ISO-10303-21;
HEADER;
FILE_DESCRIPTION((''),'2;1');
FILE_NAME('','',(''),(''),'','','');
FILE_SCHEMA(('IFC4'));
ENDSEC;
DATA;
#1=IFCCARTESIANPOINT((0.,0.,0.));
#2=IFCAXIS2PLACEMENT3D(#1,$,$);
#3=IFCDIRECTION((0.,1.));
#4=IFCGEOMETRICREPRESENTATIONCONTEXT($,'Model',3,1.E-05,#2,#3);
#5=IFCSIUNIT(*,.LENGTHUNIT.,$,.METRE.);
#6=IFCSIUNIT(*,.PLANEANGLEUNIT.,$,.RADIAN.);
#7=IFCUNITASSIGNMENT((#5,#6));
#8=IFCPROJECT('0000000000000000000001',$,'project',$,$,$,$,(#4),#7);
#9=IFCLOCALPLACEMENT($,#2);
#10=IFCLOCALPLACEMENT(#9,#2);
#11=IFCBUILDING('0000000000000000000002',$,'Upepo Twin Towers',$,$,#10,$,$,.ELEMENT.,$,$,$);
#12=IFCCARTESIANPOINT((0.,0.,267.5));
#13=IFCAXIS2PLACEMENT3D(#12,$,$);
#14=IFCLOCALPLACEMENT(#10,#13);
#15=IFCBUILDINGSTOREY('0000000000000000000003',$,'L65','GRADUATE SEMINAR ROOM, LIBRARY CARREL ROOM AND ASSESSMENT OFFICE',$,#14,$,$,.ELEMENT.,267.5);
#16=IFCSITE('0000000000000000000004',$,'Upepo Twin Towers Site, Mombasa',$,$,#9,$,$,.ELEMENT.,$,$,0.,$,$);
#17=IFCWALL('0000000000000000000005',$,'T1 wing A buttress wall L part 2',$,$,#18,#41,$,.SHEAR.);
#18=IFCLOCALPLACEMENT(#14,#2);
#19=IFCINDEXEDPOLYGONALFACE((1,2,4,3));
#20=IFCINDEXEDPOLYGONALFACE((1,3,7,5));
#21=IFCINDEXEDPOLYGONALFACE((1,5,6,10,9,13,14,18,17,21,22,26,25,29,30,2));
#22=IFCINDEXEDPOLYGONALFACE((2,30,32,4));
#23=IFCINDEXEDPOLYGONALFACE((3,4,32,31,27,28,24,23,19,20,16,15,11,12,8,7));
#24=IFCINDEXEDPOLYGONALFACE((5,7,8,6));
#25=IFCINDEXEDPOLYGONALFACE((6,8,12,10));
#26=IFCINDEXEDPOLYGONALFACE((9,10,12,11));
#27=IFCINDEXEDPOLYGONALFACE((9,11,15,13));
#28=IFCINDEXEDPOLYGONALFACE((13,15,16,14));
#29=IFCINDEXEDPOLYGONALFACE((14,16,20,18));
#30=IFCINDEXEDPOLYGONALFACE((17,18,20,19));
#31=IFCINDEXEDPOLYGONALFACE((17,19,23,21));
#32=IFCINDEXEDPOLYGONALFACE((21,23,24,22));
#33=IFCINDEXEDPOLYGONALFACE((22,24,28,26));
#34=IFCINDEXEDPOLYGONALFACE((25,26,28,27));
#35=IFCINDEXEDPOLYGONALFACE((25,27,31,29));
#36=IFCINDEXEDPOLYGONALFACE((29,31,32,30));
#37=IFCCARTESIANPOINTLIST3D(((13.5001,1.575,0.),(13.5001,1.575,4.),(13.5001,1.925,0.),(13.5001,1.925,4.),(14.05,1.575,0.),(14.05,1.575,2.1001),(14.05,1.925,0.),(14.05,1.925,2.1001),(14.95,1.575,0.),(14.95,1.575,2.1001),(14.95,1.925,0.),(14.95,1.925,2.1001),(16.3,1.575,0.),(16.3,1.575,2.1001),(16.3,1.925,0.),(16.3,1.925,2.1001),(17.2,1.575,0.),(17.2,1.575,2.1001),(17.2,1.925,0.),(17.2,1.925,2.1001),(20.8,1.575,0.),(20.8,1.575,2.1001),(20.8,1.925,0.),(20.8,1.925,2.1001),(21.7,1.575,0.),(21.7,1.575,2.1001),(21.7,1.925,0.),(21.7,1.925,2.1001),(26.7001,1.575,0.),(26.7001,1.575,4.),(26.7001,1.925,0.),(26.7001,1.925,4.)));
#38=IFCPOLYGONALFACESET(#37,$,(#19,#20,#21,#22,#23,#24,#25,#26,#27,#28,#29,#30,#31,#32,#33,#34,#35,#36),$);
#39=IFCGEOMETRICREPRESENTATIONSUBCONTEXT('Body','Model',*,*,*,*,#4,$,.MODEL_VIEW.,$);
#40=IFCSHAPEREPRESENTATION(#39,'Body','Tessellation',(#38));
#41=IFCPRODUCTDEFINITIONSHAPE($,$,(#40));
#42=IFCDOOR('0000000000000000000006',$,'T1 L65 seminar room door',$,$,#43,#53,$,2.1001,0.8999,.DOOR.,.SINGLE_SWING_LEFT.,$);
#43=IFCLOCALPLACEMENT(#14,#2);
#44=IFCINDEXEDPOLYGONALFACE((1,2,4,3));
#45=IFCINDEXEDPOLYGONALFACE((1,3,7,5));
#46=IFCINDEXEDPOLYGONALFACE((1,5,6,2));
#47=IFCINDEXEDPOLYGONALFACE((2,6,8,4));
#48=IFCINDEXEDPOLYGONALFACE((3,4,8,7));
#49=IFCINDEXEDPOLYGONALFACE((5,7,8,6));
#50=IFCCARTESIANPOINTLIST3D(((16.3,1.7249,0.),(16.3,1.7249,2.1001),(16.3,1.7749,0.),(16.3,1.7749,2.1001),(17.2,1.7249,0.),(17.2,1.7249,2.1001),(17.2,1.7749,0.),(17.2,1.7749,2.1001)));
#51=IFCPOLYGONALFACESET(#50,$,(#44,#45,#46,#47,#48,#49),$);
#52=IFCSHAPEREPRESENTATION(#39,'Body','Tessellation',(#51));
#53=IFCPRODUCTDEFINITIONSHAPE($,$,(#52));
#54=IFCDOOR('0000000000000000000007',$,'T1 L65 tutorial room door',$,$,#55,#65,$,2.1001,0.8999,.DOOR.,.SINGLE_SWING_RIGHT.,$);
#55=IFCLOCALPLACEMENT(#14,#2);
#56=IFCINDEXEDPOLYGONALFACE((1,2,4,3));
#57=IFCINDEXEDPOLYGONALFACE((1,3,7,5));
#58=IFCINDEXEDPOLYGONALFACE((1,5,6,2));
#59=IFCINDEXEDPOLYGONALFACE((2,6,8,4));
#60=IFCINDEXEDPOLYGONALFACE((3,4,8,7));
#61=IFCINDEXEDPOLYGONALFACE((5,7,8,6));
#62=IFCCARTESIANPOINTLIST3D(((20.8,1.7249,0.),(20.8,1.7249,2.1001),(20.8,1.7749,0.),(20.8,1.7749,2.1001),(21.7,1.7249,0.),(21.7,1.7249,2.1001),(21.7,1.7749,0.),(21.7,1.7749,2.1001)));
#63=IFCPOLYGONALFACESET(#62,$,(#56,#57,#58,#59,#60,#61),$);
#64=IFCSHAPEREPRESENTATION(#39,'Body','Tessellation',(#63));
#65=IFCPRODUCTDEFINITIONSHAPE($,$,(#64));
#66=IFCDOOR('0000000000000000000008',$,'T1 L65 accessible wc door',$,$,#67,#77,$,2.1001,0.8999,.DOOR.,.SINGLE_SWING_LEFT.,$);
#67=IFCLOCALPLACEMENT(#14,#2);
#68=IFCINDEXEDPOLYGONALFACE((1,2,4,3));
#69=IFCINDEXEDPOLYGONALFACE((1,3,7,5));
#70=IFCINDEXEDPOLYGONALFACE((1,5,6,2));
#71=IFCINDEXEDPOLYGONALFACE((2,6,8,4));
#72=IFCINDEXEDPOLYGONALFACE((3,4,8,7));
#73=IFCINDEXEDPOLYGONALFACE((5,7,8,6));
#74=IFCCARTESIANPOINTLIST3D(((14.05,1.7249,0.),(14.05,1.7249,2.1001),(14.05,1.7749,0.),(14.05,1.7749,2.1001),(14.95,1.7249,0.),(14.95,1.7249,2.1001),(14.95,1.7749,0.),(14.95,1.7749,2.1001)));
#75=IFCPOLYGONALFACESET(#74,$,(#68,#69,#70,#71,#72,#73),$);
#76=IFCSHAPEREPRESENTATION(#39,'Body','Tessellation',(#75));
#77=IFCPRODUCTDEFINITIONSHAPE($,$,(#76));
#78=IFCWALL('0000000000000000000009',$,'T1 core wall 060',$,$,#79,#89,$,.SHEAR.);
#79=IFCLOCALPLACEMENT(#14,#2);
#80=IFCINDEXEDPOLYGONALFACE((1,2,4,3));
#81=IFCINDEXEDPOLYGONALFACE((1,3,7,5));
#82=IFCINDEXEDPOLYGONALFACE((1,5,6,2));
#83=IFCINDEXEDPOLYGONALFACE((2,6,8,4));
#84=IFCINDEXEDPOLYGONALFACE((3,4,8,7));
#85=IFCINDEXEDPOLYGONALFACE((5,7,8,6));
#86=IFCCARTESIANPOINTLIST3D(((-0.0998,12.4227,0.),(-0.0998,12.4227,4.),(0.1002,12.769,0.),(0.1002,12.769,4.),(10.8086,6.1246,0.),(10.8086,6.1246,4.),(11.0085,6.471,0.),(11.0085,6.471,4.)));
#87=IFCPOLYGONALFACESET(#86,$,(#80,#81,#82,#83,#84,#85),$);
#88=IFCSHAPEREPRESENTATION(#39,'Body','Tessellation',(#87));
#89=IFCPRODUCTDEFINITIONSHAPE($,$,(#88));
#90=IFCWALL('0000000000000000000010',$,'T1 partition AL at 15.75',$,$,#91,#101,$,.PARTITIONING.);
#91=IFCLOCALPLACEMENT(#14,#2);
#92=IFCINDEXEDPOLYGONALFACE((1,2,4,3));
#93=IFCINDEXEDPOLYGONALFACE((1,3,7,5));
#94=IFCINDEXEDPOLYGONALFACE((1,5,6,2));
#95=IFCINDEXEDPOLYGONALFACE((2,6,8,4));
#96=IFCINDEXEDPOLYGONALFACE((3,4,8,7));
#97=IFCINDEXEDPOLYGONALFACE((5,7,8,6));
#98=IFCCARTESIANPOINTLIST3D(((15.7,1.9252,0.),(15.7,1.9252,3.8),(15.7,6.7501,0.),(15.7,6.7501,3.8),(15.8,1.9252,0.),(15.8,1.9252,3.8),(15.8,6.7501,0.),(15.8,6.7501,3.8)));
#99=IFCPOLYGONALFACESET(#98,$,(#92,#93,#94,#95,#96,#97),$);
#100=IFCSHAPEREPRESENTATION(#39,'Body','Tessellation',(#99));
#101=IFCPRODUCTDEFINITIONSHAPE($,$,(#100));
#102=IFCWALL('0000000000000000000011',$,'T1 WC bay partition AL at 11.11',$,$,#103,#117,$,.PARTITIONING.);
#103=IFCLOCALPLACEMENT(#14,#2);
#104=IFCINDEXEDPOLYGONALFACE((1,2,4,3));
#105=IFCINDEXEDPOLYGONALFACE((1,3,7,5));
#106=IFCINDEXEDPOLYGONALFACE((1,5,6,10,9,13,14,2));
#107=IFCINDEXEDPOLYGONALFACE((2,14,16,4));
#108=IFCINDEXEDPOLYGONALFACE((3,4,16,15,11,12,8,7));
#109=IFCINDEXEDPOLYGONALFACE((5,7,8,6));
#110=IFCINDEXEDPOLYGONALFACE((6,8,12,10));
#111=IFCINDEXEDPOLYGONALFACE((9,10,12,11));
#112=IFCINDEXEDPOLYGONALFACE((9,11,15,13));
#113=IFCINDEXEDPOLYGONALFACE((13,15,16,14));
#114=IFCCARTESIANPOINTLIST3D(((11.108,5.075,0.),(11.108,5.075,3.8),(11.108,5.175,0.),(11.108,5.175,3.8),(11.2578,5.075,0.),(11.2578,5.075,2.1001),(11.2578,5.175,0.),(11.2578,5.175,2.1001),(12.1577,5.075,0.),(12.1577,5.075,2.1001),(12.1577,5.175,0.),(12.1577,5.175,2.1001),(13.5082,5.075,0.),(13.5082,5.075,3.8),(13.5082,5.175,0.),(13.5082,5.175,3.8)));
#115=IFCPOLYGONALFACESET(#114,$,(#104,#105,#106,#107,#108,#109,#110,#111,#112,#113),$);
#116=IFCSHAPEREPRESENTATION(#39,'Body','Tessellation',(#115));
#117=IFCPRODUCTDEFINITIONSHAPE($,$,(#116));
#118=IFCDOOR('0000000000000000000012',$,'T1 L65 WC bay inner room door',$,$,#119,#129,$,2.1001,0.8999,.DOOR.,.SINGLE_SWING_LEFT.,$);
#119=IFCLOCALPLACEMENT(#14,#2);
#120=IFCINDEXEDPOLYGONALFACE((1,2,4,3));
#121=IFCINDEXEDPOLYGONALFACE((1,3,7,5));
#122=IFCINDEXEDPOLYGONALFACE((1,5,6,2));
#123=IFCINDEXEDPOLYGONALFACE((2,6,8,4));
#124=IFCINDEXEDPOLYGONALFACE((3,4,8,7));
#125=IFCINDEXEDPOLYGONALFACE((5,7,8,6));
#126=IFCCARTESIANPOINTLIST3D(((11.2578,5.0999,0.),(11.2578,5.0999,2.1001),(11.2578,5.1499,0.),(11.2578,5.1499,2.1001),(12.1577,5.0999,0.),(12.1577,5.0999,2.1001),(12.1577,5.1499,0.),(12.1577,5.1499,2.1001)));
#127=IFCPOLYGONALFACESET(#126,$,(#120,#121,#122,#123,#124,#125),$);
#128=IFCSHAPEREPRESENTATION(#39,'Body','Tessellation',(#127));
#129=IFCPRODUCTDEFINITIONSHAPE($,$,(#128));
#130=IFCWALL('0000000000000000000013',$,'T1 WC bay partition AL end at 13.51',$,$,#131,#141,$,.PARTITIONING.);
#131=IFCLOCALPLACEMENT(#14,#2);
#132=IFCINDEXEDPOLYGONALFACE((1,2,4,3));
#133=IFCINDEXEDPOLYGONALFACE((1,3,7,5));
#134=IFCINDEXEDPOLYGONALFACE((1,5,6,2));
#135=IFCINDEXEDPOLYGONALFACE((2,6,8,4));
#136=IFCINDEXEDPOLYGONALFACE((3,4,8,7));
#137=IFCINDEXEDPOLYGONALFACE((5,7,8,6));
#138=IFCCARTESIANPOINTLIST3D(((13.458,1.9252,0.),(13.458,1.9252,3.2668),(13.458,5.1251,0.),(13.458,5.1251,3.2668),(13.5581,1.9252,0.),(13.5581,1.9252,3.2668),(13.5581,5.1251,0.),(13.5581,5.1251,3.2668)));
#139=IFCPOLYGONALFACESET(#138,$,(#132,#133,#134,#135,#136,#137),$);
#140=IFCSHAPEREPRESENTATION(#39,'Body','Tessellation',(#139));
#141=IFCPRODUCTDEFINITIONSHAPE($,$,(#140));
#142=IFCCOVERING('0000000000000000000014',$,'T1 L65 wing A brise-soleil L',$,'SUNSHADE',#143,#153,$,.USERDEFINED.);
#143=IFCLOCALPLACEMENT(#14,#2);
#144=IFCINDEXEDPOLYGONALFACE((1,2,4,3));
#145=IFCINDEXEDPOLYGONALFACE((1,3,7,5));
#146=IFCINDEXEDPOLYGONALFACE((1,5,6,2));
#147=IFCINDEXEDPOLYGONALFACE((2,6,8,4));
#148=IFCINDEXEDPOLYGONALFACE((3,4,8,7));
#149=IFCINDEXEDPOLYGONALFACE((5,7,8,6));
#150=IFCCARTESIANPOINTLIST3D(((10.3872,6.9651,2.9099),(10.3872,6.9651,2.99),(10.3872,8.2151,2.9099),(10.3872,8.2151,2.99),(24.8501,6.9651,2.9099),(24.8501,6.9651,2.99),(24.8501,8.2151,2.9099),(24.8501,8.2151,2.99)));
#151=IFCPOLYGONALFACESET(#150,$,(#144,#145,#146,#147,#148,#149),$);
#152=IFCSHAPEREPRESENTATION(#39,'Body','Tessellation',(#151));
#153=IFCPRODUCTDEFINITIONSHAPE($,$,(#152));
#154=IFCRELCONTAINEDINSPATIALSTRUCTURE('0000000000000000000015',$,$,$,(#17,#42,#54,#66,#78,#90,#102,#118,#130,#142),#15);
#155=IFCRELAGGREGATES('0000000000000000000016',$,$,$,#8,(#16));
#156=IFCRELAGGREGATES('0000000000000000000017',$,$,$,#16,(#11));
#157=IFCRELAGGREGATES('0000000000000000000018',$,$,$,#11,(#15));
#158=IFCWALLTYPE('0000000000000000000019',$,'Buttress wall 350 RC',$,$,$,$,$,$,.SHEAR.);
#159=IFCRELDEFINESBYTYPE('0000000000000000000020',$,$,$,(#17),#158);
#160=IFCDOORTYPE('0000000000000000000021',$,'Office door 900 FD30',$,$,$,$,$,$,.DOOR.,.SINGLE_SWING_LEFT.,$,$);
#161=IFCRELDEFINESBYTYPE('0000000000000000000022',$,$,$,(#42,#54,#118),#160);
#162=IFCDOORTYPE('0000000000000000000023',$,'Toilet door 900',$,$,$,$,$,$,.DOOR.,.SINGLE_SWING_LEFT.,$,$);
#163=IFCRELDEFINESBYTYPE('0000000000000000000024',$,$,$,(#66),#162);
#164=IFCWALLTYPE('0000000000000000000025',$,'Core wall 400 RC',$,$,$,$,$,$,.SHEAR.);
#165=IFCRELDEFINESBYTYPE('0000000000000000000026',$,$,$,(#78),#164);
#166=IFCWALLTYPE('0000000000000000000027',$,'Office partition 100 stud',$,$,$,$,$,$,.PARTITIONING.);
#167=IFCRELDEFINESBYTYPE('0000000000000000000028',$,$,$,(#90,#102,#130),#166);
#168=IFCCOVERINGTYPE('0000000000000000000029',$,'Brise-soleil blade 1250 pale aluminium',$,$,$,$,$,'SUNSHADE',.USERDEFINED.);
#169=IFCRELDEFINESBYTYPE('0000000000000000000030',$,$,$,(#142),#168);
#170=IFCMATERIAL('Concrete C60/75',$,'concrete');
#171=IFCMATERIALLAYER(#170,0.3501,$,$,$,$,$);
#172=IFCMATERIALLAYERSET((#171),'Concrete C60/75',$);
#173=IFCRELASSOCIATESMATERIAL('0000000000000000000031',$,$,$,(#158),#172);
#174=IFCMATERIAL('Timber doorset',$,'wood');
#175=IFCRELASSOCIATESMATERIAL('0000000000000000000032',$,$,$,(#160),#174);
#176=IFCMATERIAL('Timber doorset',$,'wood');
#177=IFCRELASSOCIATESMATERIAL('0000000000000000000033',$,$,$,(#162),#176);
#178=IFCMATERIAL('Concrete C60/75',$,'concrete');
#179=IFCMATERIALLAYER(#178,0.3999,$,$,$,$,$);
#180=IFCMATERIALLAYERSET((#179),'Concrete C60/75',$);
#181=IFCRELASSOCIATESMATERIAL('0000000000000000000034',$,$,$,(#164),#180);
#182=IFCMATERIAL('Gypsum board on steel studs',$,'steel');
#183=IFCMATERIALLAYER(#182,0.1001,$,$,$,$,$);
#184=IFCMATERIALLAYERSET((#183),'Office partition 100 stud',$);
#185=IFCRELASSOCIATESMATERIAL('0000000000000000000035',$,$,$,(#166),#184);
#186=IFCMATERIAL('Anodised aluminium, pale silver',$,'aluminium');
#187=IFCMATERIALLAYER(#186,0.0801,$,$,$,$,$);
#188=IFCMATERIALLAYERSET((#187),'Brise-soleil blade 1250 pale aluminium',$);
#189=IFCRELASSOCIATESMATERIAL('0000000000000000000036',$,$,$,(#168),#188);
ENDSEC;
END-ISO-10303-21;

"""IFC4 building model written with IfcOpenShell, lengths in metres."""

from ifc_helpers import new_model, si_unit, direction, frame, frame_2d, origin, origin_2d, place, context, subcontext, project, spatial, rectangle, extrude, material, layer, layer_set, type_object, element, fill, save


model = new_model("IFC4")

# Units and contexts
model_context = context("Model", 3, precision=1e-05, world=origin(), true_north=direction((0.0, 1.0)))
body_context = subcontext(model_context, "Body", "Model", "MODEL_VIEW")
ifc_project = project(units=[si_unit("LENGTHUNIT", "METRE"), si_unit("PLANEANGLEUNIT", "RADIAN")], contexts=[model_context])

# Site, building, storey
site_placement = place(None, origin())
site = spatial("IfcSite", under=ifc_project, at=site_placement, Name="Upepo Twin Towers Site, Mombasa", CompositionType="ELEMENT", RefElevation=0.0)
building_placement = place(site_placement, origin())
building = spatial("IfcBuilding", under=site, at=building_placement, Name="Upepo Twin Towers", CompositionType="ELEMENT")
storey_placement = place(building_placement, frame((0.0, 0.0, 267.5)))
storey = spatial("IfcBuildingStorey", under=building, at=storey_placement, Name="L65", Description="GRADUATE SEMINAR ROOM, LIBRARY CARREL ROOM AND ASSESSMENT OFFICE", CompositionType="ELEMENT", Elevation=267.5)

# Shared definitions
ifc_material_1 = material(Name="Concrete C60/75", Category="concrete")
ifc_layer_1 = layer(ifc_material_1, 0.3501)
ifc_layer_set_1 = layer_set([ifc_layer_1], Name="Concrete C60/75")
wall_type_1 = type_object("IfcWallType", Name="Buttress wall 350 RC", PredefinedType="SHEAR", material=ifc_layer_set_1)

# Wall, openings, doors
wall_1_placement = place(storey_placement, frame((13.5, 1.75, 0.0), z_axis=(0.0, 0.0, 1.0), x_axis=(1.0, 0.0, 0.0)))
wall_1 = element("IfcWall", 1, at=wall_1_placement, inside=storey, type_object=wall_type_1, Name="T1 wing A buttress wall L part 2", PredefinedType="SHEAR", context=body_context, shape_type="SweptSolid", body=[
    extrude(rectangle(XDim=13.2, YDim=0.3501, at=frame_2d((6.6001, 0.0))), origin(), (0.0, 0.0, 1.0), 4.0),
])
opening_1_placement = place(wall_1_placement, frame((0.55, 0.0, 0.0)))
opening_1 = element("IfcOpeningElement", 2, at=opening_1_placement, cuts=wall_1, PredefinedType="OPENING", context=body_context, shape_type="SweptSolid", body=[
    extrude(rectangle(XDim=0.8999, YDim=2.1001, at=frame_2d((0.45, 1.05))), frame((0.0, 0.1851, 0.0), z_axis=(0.0, -1.0, 0.0), x_axis=(1.0, 0.0, 0.0)), (0.0, 0.0, 1.0), 0.3701),
])
opening_2_placement = place(wall_1_placement, frame((2.8, 0.0, 0.0)))
opening_2 = element("IfcOpeningElement", 3, at=opening_2_placement, cuts=wall_1, PredefinedType="OPENING", context=body_context, shape_type="SweptSolid", body=[
    extrude(rectangle(XDim=0.8999, YDim=2.1001, at=frame_2d((0.45, 1.05))), frame((0.0, 0.1851, 0.0), z_axis=(0.0, -1.0, 0.0), x_axis=(1.0, 0.0, 0.0)), (0.0, 0.0, 1.0), 0.3701),
])
opening_3_placement = place(wall_1_placement, frame((7.3, 0.0, 0.0)))
opening_3 = element("IfcOpeningElement", 4, at=opening_3_placement, cuts=wall_1, PredefinedType="OPENING", context=body_context, shape_type="SweptSolid", body=[
    extrude(rectangle(XDim=0.8999, YDim=2.1001, at=frame_2d((0.45, 1.05))), frame((0.0, 0.1851, 0.0), z_axis=(0.0, -1.0, 0.0), x_axis=(1.0, 0.0, 0.0)), (0.0, 0.0, 1.0), 0.3701),
])
ifc_material_2 = material(Name="Timber doorset", Category="wood")
door_type_1 = type_object("IfcDoorType", Name="Office door 900 FD30", OperationType="SINGLE_SWING_LEFT", PredefinedType="DOOR", material=ifc_material_2)
door_1_placement = place(opening_2_placement, origin())
door_1 = element("IfcDoor", 5, at=door_1_placement, inside=storey, type_object=door_type_1, Name="T1 L65 seminar room door", OperationType="SINGLE_SWING_LEFT", OverallHeight=2.1001, OverallWidth=0.8999, PredefinedType="DOOR", context=body_context, shape_type="SweptSolid", body=[
    extrude(rectangle(XDim=0.8999, YDim=2.1001, at=frame_2d((0.45, 1.05))), frame((0.0, 0.0249, 0.0), z_axis=(0.0, -1.0, 0.0), x_axis=(1.0, 0.0, 0.0)), (0.0, 0.0, 1.0), 0.05),
])
fill(opening_2, door_1)
door_2_placement = place(opening_3_placement, origin())
door_2 = element("IfcDoor", 6, at=door_2_placement, inside=storey, type_object=door_type_1, Name="T1 L65 tutorial room door", OperationType="SINGLE_SWING_RIGHT", OverallHeight=2.1001, OverallWidth=0.8999, PredefinedType="DOOR", context=body_context, shape_type="SweptSolid", body=[
    extrude(rectangle(XDim=0.8999, YDim=2.1001, at=frame_2d((0.45, 1.05))), frame((0.0, 0.0249, 0.0), z_axis=(0.0, -1.0, 0.0), x_axis=(1.0, 0.0, 0.0)), (0.0, 0.0, 1.0), 0.05),
])
fill(opening_3, door_2)
ifc_material_3 = material(Name="Timber doorset", Category="wood")
door_type_2 = type_object("IfcDoorType", Name="Toilet door 900", OperationType="SINGLE_SWING_LEFT", PredefinedType="DOOR", material=ifc_material_3)
door_3_placement = place(opening_1_placement, origin())
door_3 = element("IfcDoor", 7, at=door_3_placement, inside=storey, type_object=door_type_2, Name="T1 L65 accessible wc door", OperationType="SINGLE_SWING_LEFT", OverallHeight=2.1001, OverallWidth=0.8999, PredefinedType="DOOR", context=body_context, shape_type="SweptSolid", body=[
    extrude(rectangle(XDim=0.8999, YDim=2.1001, at=frame_2d((0.45, 1.05))), frame((0.0, 0.0249, 0.0), z_axis=(0.0, -1.0, 0.0), x_axis=(1.0, 0.0, 0.0)), (0.0, 0.0, 1.0), 0.05),
])
fill(opening_1, door_3)

# Walls
ifc_material_4 = material(Name="Concrete C60/75", Category="concrete")
ifc_layer_2 = layer(ifc_material_4, 0.3999)
ifc_layer_set_2 = layer_set([ifc_layer_2], Name="Concrete C60/75")
wall_type_2 = type_object("IfcWallType", Name="Core wall 400 RC", PredefinedType="SHEAR", material=ifc_layer_set_2)
wall_2_placement = place(storey_placement, frame((10.9084, 6.2979, 0.0), z_axis=(0.0, 0.0, 1.0), x_axis=(-0.866022, 0.500006, 0.0)))
element("IfcWall", 8, at=wall_2_placement, inside=storey, type_object=wall_type_2, Name="T1 core wall 060", PredefinedType="SHEAR", context=body_context, shape_type="SweptSolid", body=[
    extrude(rectangle(XDim=12.5959, YDim=0.3999, at=frame_2d((6.2979, 0.0))), origin(), (0.0, 0.0, 1.0), 4.0),
])
ifc_material_5 = material(Name="Gypsum board on steel studs", Category="steel")
ifc_layer_3 = layer(ifc_material_5, 0.1001)
ifc_layer_set_3 = layer_set([ifc_layer_3], Name="Office partition 100 stud")
wall_type_3 = type_object("IfcWallType", Name="Office partition 100 stud", PredefinedType="PARTITIONING", material=ifc_layer_set_3)
wall_3_placement = place(storey_placement, frame((15.75, 1.925, 0.0), z_axis=(0.0, 0.0, 1.0), x_axis=(0.0, 1.0, 0.0)))
element("IfcWall", 9, at=wall_3_placement, inside=storey, type_object=wall_type_3, Name="T1 partition AL at 15.75", PredefinedType="PARTITIONING", context=body_context, shape_type="SweptSolid", body=[
    extrude(rectangle(XDim=4.825, YDim=0.1001, at=frame_2d((2.4126, 0.0))), origin(), (0.0, 0.0, 1.0), 3.8),
])

# Wall, opening, door
wall_4_placement = place(storey_placement, frame((11.1079, 5.125, 0.0), z_axis=(0.0, 0.0, 1.0), x_axis=(1.0, 0.0, 0.0)))
wall_4 = element("IfcWall", 10, at=wall_4_placement, inside=storey, type_object=wall_type_3, Name="T1 WC bay partition AL at 11.11", PredefinedType="PARTITIONING", context=body_context, shape_type="SweptSolid", body=[
    extrude(rectangle(XDim=2.4001, YDim=0.1001, at=frame_2d((1.2002, 0.0))), origin(), (0.0, 0.0, 1.0), 3.8),
])
opening_4_placement = place(wall_4_placement, frame((0.1499, 0.0, 0.0)))
opening_4 = element("IfcOpeningElement", 11, at=opening_4_placement, cuts=wall_4, PredefinedType="OPENING", context=body_context, shape_type="SweptSolid", body=[
    extrude(rectangle(XDim=0.8999, YDim=2.1001, at=frame_2d((0.45, 1.05))), frame((0.0, 0.0601, 0.0), z_axis=(0.0, -1.0, 0.0), x_axis=(1.0, 0.0, 0.0)), (0.0, 0.0, 1.0), 0.1201),
])
door_4_placement = place(opening_4_placement, origin())
door_4 = element("IfcDoor", 12, at=door_4_placement, inside=storey, type_object=door_type_1, Name="T1 L65 WC bay inner room door", OperationType="SINGLE_SWING_LEFT", OverallHeight=2.1001, OverallWidth=0.8999, PredefinedType="DOOR", context=body_context, shape_type="SweptSolid", body=[
    extrude(rectangle(XDim=0.8999, YDim=2.1001, at=frame_2d((0.45, 1.05))), frame((0.0, 0.0249, 0.0), z_axis=(0.0, -1.0, 0.0), x_axis=(1.0, 0.0, 0.0)), (0.0, 0.0, 1.0), 0.05),
])
fill(opening_4, door_4)

# Wall
wall_5_placement = place(storey_placement, frame((13.5081, 1.925, 0.0), z_axis=(0.0, 0.0, 1.0), x_axis=(0.0, 1.0, 0.0)))
element("IfcWall", 13, at=wall_5_placement, inside=storey, type_object=wall_type_3, Name="T1 WC bay partition AL end at 13.51", PredefinedType="PARTITIONING", context=body_context, shape_type="SweptSolid", body=[
    extrude(rectangle(XDim=3.2, YDim=0.1001, at=frame_2d((1.6001, 0.0))), origin(), (0.0, 0.0, 1.0), 3.2668),
])

# Covering
ifc_material_6 = material(Name="Anodised aluminium, pale silver", Category="aluminium")
ifc_layer_4 = layer(ifc_material_6, 0.0801)
ifc_layer_set_4 = layer_set([ifc_layer_4], Name="Brise-soleil blade 1250 pale aluminium")
covering_type = type_object("IfcCoveringType", Name="Brise-soleil blade 1250 pale aluminium", ElementType="SUNSHADE", PredefinedType="USERDEFINED", material=ifc_layer_set_4)
covering_placement = place(storey_placement, frame((17.6187, 7.5901, 2.9099), z_axis=(0.0, 0.0, 1.0), x_axis=(1.0, 0.0, 0.0)))
element("IfcCovering", 14, at=covering_placement, inside=storey, type_object=covering_type, Name="T1 L65 wing A brise-soleil L", ObjectType="SUNSHADE", PredefinedType="USERDEFINED", context=body_context, shape_type="SweptSolid", body=[
    extrude(rectangle(XDim=14.4629, YDim=1.25, at=origin_2d()), origin(), (0.0, 0.0, 1.0), 0.0801),
])

save(model, "model.ifc")
